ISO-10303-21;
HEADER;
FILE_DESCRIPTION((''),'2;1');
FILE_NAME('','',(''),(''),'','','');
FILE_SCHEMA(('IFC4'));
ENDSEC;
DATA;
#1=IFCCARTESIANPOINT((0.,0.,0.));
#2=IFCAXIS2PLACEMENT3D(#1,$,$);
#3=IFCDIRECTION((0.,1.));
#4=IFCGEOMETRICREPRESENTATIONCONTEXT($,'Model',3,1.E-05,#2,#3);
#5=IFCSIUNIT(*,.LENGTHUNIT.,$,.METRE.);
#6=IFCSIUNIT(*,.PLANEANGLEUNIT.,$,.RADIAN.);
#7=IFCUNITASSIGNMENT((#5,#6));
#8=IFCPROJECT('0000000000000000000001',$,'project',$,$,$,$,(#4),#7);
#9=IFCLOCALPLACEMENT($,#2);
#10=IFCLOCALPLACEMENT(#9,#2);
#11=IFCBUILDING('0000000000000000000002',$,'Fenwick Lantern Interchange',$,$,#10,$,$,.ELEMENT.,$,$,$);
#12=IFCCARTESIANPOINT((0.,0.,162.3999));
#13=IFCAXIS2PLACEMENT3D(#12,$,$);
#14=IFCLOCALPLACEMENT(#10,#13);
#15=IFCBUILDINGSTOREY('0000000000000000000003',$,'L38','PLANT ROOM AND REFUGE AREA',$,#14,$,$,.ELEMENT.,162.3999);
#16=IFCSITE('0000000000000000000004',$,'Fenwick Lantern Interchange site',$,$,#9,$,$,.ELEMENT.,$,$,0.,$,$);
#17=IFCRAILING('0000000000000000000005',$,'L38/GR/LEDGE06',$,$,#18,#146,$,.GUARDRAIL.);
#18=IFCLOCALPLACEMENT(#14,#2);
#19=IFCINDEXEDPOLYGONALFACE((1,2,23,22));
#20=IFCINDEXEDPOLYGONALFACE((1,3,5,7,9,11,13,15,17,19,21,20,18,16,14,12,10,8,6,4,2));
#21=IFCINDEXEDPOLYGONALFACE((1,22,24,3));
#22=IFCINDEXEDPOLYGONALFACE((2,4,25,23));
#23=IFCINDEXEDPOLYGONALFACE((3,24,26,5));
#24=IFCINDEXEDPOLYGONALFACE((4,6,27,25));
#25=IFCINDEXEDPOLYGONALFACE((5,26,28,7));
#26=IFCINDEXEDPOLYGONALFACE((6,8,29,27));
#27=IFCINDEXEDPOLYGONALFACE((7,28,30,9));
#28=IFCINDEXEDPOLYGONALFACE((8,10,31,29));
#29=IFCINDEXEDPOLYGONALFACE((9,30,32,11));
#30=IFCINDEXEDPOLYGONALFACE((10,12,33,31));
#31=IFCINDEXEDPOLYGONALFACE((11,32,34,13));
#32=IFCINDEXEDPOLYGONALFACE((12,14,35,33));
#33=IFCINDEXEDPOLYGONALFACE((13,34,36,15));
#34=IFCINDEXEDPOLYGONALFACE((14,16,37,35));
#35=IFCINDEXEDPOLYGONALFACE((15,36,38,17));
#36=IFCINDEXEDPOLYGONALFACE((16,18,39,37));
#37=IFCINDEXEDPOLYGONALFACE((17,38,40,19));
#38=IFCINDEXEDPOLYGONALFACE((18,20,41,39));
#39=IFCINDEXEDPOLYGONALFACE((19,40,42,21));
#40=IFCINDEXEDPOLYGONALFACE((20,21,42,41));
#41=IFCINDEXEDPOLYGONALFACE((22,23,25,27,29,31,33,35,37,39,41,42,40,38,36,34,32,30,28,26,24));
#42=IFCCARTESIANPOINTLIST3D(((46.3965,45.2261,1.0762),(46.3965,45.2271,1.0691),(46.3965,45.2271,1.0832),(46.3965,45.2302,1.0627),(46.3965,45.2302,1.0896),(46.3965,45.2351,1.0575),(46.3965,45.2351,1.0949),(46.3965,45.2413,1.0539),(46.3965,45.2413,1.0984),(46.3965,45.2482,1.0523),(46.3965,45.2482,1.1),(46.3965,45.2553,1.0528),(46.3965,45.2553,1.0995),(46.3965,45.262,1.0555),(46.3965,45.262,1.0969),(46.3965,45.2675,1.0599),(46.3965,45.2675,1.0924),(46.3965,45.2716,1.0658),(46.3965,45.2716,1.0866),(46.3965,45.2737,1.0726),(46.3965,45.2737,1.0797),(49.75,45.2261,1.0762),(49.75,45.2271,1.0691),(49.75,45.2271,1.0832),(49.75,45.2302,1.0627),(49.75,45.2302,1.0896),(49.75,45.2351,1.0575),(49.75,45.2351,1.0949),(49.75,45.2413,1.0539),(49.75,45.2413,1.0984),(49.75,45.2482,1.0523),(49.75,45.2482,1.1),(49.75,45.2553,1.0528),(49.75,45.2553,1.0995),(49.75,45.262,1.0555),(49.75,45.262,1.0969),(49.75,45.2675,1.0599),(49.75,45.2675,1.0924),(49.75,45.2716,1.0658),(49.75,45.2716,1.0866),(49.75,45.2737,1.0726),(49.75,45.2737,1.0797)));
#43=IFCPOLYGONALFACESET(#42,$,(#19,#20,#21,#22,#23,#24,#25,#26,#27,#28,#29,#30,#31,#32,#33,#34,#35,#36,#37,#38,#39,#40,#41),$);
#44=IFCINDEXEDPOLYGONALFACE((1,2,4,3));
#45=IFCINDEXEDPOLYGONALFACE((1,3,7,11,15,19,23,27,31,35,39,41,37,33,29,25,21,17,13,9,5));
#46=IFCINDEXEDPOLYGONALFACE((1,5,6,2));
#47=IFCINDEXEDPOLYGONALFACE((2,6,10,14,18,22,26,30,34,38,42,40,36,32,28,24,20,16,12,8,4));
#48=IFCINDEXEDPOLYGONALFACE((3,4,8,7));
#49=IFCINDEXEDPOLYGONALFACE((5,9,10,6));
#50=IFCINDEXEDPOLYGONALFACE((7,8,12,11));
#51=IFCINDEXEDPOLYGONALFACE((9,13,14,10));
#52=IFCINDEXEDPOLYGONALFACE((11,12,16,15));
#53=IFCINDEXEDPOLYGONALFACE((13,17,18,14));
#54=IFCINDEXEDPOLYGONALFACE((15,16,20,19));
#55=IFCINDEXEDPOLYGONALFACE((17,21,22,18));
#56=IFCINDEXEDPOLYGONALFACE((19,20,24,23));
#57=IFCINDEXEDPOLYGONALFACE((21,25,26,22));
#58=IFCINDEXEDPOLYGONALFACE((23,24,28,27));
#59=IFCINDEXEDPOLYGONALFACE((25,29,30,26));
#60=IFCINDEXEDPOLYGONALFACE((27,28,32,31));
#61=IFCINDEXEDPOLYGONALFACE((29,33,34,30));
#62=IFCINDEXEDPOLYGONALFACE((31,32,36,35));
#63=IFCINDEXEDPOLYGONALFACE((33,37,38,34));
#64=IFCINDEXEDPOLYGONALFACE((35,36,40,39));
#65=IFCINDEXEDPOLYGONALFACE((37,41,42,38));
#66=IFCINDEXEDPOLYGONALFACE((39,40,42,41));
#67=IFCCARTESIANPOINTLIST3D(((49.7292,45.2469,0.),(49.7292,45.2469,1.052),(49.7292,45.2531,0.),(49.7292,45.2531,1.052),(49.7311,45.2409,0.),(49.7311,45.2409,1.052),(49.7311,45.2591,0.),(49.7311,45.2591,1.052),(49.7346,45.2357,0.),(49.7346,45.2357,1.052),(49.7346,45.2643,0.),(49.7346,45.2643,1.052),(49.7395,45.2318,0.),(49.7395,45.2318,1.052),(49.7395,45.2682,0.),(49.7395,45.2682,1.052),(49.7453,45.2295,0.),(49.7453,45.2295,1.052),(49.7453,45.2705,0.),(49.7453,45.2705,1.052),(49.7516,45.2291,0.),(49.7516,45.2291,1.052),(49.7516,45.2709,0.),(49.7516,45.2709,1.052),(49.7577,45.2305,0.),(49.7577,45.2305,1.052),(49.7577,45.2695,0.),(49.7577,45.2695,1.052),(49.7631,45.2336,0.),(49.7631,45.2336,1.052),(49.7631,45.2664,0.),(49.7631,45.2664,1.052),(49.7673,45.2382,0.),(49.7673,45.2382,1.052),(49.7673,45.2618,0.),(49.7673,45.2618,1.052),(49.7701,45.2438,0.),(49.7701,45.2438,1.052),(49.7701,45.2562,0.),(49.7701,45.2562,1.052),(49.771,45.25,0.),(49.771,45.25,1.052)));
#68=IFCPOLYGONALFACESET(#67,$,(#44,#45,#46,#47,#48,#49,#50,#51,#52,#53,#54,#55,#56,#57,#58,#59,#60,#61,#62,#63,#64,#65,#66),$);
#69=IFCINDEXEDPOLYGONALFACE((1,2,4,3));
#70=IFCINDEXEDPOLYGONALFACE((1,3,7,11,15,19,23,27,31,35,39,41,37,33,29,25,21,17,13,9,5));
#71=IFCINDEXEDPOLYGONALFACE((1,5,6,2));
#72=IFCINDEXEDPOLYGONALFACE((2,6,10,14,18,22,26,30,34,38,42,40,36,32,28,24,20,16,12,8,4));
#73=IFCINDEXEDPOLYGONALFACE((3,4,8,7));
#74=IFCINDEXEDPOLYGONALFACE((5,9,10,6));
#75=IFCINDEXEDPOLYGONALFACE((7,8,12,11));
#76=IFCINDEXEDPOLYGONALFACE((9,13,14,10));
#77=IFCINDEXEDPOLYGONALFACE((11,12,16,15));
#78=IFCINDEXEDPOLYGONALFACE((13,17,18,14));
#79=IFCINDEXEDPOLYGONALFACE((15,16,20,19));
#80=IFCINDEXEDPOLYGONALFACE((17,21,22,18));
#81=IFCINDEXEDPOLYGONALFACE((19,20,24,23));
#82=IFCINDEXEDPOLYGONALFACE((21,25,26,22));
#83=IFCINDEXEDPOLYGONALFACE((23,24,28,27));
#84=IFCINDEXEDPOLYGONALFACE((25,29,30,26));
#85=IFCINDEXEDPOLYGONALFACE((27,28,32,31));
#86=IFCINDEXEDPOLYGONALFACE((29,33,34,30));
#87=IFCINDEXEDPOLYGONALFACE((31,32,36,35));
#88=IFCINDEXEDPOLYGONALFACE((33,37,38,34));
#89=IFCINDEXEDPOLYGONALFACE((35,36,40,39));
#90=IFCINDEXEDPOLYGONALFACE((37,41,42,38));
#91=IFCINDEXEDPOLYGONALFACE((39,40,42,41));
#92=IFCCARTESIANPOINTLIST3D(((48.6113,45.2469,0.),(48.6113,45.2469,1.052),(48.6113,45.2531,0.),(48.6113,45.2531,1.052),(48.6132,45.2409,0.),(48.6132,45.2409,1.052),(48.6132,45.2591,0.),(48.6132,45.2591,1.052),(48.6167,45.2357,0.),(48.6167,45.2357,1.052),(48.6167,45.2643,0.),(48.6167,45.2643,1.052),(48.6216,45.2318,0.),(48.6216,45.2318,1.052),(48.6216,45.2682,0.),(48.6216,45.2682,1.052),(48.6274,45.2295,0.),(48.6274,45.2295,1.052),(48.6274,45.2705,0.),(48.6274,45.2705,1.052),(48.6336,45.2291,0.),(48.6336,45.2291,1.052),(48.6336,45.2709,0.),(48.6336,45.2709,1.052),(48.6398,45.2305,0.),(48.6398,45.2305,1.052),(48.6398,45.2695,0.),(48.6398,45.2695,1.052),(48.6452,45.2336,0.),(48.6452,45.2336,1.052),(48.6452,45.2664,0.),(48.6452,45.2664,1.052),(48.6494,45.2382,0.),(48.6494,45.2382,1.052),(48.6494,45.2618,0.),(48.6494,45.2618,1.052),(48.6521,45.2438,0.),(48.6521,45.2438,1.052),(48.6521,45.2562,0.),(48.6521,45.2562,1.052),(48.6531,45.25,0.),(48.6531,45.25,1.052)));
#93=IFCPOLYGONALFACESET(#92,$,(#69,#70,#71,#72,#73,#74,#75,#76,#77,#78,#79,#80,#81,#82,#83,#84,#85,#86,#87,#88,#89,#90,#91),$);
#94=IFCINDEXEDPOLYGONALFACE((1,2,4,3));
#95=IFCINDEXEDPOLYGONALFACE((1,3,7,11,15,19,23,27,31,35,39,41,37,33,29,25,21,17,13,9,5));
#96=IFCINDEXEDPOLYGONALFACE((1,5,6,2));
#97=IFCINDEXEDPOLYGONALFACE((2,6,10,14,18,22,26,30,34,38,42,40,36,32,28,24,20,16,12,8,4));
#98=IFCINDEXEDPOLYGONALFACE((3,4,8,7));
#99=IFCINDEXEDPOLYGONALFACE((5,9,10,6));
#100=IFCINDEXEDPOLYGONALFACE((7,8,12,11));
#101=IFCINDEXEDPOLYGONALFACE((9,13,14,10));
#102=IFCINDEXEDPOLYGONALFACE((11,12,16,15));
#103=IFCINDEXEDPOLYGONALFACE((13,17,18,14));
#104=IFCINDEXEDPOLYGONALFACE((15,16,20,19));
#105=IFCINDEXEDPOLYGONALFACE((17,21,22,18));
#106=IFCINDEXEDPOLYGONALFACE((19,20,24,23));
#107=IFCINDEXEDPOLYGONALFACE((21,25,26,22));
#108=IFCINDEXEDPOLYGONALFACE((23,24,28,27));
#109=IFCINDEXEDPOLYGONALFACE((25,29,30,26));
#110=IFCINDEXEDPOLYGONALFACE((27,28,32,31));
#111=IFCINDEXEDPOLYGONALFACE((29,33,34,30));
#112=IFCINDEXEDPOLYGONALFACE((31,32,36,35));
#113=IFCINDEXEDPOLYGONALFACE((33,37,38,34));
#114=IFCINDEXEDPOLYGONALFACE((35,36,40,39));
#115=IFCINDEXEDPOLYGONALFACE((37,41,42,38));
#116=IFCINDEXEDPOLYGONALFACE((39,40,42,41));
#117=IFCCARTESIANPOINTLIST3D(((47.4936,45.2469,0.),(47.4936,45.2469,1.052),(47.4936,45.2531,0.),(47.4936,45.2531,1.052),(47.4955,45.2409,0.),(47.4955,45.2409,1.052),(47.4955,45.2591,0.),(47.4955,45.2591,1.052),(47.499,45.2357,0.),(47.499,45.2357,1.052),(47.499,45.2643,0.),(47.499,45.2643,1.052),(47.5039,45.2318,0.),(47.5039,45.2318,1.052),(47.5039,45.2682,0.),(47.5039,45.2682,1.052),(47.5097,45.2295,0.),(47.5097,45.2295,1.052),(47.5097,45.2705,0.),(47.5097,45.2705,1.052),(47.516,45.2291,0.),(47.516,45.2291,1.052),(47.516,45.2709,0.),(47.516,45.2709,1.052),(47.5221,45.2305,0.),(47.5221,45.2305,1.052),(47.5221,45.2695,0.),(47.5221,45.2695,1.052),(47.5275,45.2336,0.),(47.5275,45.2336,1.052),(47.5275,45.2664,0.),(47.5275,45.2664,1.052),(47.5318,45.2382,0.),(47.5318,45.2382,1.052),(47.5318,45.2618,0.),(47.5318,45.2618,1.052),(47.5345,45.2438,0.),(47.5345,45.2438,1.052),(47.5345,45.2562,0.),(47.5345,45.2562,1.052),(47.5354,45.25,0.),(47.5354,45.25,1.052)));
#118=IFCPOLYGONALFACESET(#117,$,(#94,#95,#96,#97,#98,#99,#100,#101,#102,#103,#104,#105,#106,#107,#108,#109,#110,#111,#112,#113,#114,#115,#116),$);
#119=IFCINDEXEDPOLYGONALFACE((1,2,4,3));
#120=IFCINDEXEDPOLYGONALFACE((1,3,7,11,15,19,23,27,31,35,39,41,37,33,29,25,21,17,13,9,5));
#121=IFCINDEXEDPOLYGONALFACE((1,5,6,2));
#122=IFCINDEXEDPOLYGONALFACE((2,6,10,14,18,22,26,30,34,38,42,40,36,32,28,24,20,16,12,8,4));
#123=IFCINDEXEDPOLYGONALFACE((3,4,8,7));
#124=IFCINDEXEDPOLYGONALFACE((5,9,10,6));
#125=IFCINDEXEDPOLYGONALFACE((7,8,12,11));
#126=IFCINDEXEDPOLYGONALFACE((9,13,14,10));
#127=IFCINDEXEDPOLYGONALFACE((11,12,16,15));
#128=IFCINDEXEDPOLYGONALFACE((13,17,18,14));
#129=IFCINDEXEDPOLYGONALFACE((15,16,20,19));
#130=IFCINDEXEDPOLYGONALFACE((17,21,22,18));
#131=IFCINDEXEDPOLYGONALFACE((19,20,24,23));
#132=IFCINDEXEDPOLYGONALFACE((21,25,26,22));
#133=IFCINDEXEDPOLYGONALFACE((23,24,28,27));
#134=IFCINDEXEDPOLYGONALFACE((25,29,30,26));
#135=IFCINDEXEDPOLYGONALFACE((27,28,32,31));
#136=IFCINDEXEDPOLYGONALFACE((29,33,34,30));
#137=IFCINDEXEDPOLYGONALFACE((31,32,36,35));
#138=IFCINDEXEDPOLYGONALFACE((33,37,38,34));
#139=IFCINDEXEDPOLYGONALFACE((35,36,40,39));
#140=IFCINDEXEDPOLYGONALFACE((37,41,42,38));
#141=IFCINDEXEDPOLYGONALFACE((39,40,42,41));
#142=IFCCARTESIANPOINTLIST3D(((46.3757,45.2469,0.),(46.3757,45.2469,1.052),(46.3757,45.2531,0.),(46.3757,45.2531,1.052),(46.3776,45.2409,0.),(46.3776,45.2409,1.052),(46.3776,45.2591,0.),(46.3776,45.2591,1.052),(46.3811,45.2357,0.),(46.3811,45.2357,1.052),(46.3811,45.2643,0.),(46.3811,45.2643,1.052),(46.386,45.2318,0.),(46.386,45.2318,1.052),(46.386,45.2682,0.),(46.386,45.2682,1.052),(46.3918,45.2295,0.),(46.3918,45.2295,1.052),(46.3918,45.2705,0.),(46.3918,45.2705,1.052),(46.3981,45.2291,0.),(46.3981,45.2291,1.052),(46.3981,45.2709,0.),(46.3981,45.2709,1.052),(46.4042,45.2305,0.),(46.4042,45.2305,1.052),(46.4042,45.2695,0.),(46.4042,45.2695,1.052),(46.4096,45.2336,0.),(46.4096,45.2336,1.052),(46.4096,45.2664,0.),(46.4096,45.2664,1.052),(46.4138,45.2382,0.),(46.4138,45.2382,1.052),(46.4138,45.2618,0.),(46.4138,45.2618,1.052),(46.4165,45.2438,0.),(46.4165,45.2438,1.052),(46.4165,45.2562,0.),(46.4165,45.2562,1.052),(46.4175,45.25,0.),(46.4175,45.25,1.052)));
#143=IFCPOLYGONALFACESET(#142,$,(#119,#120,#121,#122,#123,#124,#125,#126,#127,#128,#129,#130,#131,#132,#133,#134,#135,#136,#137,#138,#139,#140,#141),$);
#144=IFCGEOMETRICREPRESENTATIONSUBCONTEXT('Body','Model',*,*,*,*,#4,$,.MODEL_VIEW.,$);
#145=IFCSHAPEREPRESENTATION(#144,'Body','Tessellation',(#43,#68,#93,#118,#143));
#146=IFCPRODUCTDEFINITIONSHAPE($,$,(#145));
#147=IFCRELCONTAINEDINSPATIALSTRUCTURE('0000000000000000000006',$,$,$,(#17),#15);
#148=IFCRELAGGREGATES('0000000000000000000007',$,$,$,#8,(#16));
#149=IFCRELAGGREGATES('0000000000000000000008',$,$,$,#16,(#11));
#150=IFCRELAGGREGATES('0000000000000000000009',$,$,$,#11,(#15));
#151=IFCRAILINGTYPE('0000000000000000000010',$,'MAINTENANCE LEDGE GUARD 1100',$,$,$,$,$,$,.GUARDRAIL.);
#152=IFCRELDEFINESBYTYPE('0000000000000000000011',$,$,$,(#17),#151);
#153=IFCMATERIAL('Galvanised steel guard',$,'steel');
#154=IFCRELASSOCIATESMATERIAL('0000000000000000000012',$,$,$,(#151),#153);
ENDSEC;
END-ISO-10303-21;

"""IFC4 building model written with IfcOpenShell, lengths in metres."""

from ifc_helpers import new_model, si_unit, direction, frame, origin, origin_2d, place, context, subcontext, project, spatial, circle, extrude, material, type_object, element, save


model = new_model("IFC4")

# Units and contexts
model_context = context("Model", 3, precision=1e-05, world=origin(), true_north=direction((0.0, 1.0)))
body_context = subcontext(model_context, "Body", "Model", "MODEL_VIEW")
ifc_project = project(units=[si_unit("LENGTHUNIT", "METRE"), si_unit("PLANEANGLEUNIT", "RADIAN")], contexts=[model_context])

# Site, building, storey
site_placement = place(None, origin())
site = spatial("IfcSite", under=ifc_project, at=site_placement, Name="Fenwick Lantern Interchange site", CompositionType="ELEMENT", RefElevation=0.0)
building_placement = place(site_placement, origin())
building = spatial("IfcBuilding", under=site, at=building_placement, Name="Fenwick Lantern Interchange", CompositionType="ELEMENT")
storey_placement = place(building_placement, frame((0.0, 0.0, 162.3999)))
storey = spatial("IfcBuildingStorey", under=building, at=storey_placement, Name="L38", Description="PLANT ROOM AND REFUGE AREA", CompositionType="ELEMENT", Elevation=162.3999)

# Railing
ifc_material_1 = material(Name="Galvanised steel guard", Category="steel")
railing_type = type_object("IfcRailingType", Name="MAINTENANCE LEDGE GUARD 1100", PredefinedType="GUARDRAIL", material=ifc_material_1)
railing_1_placement = place(storey_placement, frame((49.75, 45.25, 0.0)))
element("IfcRailing", 1, at=railing_1_placement, inside=storey, type_object=railing_type, Name="L38/GR/LEDGE06", PredefinedType="GUARDRAIL", context=body_context, shape_type="SweptSolid", body=[
    extrude(circle(Radius=0.0239, at=origin_2d()), frame((0.0, 0.0, 1.0762), z_axis=(-1.0, 0.0, 0.0), x_axis=(0.0, -1.0, 0.0)), (0.0, 0.0, 1.0), 3.3535),
    extrude(circle(Radius=0.021, at=origin_2d()), origin(), (0.0, 0.0, 1.0), 1.052),
    extrude(circle(Radius=0.021, at=origin_2d()), frame((-1.1179, 0.0, 0.0)), (0.0, 0.0, 1.0), 1.052),
    extrude(circle(Radius=0.021, at=origin_2d()), frame((-2.2356, 0.0, 0.0)), (0.0, 0.0, 1.0), 1.052),
    extrude(circle(Radius=0.021, at=origin_2d()), frame((-3.3535, 0.0, 0.0)), (0.0, 0.0, 1.0), 1.052),
])

save(model, "model.ifc")
